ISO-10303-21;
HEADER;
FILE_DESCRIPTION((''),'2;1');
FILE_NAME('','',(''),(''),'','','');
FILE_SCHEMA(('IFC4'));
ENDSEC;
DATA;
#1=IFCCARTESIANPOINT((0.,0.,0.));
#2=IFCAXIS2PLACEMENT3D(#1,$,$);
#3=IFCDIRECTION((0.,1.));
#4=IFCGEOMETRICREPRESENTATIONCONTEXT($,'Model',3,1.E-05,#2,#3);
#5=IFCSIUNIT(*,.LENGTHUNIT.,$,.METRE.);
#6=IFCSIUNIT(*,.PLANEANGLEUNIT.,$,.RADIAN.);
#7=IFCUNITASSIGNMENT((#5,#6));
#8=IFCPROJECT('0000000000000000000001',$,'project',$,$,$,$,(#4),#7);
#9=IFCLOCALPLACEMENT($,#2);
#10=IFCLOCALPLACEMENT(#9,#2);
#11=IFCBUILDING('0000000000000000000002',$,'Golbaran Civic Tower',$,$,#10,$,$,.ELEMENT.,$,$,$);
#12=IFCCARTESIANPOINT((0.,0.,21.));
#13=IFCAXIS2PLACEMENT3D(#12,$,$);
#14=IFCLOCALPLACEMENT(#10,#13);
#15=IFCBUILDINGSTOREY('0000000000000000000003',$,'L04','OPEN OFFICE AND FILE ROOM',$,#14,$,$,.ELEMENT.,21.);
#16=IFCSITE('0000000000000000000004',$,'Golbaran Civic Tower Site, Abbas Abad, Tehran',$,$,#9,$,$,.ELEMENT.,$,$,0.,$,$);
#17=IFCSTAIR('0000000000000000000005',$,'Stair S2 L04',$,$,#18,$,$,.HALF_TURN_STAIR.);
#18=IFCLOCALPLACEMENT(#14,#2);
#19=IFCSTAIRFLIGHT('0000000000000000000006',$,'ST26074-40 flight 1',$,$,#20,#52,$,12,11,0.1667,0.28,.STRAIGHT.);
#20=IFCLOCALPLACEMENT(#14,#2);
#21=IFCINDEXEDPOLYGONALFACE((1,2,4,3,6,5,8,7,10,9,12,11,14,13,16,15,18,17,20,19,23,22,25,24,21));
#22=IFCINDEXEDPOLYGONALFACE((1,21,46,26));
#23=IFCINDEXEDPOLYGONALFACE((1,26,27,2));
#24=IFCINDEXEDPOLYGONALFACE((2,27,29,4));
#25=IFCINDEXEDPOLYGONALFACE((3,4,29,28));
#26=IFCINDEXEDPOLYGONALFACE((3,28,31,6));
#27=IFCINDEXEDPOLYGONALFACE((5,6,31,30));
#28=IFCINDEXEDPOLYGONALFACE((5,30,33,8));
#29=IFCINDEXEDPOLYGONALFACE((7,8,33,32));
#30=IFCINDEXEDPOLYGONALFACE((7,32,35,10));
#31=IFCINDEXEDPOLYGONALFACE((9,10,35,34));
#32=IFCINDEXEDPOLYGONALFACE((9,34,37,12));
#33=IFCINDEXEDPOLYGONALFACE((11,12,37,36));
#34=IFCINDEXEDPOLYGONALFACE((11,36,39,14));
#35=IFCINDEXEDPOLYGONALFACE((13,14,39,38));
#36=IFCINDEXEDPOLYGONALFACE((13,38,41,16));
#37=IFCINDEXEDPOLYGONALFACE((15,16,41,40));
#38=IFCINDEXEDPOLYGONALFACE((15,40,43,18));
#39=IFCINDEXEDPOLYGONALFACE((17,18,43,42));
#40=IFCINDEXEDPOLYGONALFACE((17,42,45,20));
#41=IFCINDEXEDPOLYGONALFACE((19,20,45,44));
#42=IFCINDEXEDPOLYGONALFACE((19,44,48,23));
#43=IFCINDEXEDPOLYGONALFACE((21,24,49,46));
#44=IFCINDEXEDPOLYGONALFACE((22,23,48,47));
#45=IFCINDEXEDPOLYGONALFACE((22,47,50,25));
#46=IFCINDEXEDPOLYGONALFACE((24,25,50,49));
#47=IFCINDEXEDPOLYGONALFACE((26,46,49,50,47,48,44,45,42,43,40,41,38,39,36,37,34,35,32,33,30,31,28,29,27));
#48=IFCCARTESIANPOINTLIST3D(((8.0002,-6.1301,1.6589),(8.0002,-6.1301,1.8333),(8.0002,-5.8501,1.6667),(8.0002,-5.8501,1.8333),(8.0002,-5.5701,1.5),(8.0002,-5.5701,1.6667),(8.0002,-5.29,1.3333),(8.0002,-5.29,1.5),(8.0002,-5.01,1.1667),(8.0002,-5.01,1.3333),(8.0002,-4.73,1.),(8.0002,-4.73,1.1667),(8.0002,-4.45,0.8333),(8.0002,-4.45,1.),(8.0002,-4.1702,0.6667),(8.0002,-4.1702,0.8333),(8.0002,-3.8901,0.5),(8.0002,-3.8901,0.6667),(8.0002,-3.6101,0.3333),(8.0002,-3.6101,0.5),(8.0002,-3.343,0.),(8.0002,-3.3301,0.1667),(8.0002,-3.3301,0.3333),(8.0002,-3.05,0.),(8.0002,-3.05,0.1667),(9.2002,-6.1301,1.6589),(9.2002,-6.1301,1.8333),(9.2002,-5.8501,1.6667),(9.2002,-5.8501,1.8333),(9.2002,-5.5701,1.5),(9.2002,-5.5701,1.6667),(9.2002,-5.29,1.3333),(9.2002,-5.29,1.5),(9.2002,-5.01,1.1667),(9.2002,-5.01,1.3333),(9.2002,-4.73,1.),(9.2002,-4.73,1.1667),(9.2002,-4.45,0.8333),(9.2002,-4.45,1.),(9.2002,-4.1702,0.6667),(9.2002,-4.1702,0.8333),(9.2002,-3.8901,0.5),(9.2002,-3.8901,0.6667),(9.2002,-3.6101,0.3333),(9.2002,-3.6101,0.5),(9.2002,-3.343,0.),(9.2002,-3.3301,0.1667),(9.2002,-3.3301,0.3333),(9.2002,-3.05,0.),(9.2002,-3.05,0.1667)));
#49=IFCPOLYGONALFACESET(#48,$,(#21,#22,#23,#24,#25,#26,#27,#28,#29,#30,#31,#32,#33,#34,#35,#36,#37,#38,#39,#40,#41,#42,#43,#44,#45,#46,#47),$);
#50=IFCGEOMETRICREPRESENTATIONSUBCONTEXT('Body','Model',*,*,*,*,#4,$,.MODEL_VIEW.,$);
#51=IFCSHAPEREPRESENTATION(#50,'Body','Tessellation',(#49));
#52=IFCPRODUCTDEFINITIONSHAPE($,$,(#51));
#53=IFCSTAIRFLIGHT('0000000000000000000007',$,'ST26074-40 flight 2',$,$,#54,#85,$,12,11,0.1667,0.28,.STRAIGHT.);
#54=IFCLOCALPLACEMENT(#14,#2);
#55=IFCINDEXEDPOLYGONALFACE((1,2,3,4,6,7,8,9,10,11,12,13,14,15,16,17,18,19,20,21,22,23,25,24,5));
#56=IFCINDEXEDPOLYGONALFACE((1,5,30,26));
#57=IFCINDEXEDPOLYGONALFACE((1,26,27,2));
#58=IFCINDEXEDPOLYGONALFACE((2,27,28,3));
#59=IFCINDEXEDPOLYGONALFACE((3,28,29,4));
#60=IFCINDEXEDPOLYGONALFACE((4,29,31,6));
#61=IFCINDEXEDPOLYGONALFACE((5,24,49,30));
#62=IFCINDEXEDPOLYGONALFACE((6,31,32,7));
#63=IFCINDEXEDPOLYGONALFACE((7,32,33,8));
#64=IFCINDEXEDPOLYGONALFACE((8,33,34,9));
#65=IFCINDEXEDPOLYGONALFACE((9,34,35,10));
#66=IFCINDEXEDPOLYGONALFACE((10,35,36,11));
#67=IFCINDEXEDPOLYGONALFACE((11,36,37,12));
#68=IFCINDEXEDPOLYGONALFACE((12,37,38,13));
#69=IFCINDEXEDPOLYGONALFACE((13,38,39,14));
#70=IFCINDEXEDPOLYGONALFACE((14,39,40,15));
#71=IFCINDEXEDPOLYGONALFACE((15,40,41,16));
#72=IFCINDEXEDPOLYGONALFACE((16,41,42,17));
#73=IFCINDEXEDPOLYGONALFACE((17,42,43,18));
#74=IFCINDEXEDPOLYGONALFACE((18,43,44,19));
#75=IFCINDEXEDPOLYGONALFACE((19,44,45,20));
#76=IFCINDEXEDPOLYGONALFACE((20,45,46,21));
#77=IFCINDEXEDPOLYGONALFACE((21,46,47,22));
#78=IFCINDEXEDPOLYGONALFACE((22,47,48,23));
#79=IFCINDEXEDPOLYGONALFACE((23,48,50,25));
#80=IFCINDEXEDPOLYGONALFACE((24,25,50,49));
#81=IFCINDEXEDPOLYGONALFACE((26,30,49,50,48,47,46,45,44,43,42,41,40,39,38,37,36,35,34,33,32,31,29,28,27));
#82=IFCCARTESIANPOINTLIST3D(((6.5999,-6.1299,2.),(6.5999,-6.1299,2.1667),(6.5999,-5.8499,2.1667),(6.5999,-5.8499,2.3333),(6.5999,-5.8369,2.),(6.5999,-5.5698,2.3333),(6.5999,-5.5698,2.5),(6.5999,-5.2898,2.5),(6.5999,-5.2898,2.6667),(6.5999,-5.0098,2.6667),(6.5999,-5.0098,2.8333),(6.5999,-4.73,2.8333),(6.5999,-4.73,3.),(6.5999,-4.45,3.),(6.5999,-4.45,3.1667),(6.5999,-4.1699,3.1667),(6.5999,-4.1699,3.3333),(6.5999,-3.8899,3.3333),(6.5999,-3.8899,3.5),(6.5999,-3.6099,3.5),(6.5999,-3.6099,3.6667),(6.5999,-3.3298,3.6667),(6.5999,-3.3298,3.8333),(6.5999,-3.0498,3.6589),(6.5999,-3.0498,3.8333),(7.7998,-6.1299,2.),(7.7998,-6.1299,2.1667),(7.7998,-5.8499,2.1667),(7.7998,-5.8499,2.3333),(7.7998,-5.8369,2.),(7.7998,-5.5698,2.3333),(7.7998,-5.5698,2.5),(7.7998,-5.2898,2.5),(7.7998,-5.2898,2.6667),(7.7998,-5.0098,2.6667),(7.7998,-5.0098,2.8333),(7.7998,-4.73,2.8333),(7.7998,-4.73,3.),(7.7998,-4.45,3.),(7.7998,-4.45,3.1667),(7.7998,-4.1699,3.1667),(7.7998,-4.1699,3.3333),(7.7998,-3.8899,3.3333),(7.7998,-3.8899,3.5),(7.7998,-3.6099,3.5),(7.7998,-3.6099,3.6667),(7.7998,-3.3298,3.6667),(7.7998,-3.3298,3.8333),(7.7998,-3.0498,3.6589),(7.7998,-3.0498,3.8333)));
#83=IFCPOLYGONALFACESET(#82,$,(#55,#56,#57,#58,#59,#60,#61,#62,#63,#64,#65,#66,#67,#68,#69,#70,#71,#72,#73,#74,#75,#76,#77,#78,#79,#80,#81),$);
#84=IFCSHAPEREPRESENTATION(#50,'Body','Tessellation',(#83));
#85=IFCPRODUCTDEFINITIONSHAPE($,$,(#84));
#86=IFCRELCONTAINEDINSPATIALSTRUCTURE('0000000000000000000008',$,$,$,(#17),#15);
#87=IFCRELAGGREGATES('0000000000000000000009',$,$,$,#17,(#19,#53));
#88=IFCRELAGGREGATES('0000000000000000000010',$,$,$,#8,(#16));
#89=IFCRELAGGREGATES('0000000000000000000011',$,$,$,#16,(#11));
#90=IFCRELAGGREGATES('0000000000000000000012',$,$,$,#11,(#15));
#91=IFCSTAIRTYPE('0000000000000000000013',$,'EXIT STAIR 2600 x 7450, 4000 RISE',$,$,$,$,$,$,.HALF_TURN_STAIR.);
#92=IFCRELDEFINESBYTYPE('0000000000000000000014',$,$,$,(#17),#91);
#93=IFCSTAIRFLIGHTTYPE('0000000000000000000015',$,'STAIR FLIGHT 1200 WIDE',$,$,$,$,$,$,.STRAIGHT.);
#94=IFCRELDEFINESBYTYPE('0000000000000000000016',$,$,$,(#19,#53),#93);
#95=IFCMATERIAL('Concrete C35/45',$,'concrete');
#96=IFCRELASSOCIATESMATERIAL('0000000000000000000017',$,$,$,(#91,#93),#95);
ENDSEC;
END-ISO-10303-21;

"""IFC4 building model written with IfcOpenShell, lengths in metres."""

from ifc_helpers import new_model, si_unit, direction, frame, origin, place, context, subcontext, project, spatial, polyline, outline, extrude, material, type_object, element, aggregate, save


model = new_model("IFC4")

# Units and contexts
model_context = context("Model", 3, precision=1e-05, world=origin(), true_north=direction((0.0, 1.0)))
body_context = subcontext(model_context, "Body", "Model", "MODEL_VIEW")
ifc_project = project(units=[si_unit("LENGTHUNIT", "METRE"), si_unit("PLANEANGLEUNIT", "RADIAN")], contexts=[model_context])

# Site, building, storey
site_placement = place(None, origin())
site = spatial("IfcSite", under=ifc_project, at=site_placement, Name="Golbaran Civic Tower Site, Abbas Abad, Tehran", CompositionType="ELEMENT", RefElevation=0.0)
building_placement = place(site_placement, origin())
building = spatial("IfcBuilding", under=site, at=building_placement, Name="Golbaran Civic Tower", CompositionType="ELEMENT")
storey_placement = place(building_placement, frame((0.0, 0.0, 21.0)))
storey = spatial("IfcBuildingStorey", under=building, at=storey_placement, Name="L04", Description="OPEN OFFICE AND FILE ROOM", CompositionType="ELEMENT", Elevation=21.0)

# Shared definitions
ifc_material_1 = material(Name="Concrete C35/45", Category="concrete")

# Shared definitions
stair_type = type_object("IfcStairType", Name="EXIT STAIR 2600 x 7450, 4000 RISE", PredefinedType="HALF_TURN_STAIR", material=ifc_material_1)

# Stair, stair flights
stair_1_placement = place(storey_placement, origin())
stair_1 = element("IfcStair", 1, at=stair_1_placement, inside=storey, type_object=stair_type, Name="Stair S2 L04", PredefinedType="HALF_TURN_STAIR")
stair_flight_type = type_object("IfcStairFlightType", Name="STAIR FLIGHT 1200 WIDE", PredefinedType="STRAIGHT", material=ifc_material_1)
stair_flight_1_placement = place(storey_placement, frame((8.6001, -3.05, 0.0), z_axis=(0.0, 0.0, 1.0), x_axis=(0.0, -1.0, 0.0)))
stair_flight_1 = element("IfcStairFlight", 2, at=stair_flight_1_placement, type_object=stair_flight_type, Name="ST26074-40 flight 1", NumberOfRisers=12, NumberOfTreads=11, PredefinedType="STRAIGHT", RiserHeight=0.1667, TreadLength=0.28, context=body_context, shape_type="SweptSolid", body=[
    extrude(outline(polyline([(0.0, 0.0), (0.0, 0.1667), (0.28, 0.1667), (0.28, 0.3333), (0.5601, 0.3333), (0.5601, 0.5), (0.8401, 0.5), (0.8401, 0.6667), (1.1201, 0.6667), (1.1201, 0.8333), (1.3999, 0.8333), (1.3999, 1.0), (1.6799, 1.0), (1.6799, 1.1667), (1.96, 1.1667), (1.96, 1.3333), (2.24, 1.3333), (2.24, 1.5), (2.52, 1.5), (2.52, 1.6667), (2.8, 1.6667), (2.8, 1.8333), (3.0801, 1.8333), (3.0801, 2.0), (3.0801, 1.6589), (0.293, 0.0), (0.0, 0.0)])), frame((0.0, 0.6001, 0.0), z_axis=(0.0, -1.0, 0.0), x_axis=(1.0, 0.0, 0.0)), (0.0, 0.0, 1.0), 1.2),
])
stair_flight_2_placement = place(storey_placement, frame((7.2, -6.1299, 2.0), z_axis=(0.0, 0.0, 1.0), x_axis=(0.0, 1.0, 0.0)))
stair_flight_2 = element("IfcStairFlight", 3, at=stair_flight_2_placement, type_object=stair_flight_type, Name="ST26074-40 flight 2", NumberOfRisers=12, NumberOfTreads=11, PredefinedType="STRAIGHT", RiserHeight=0.1667, TreadLength=0.28, context=body_context, shape_type="SweptSolid", body=[
    extrude(outline(polyline([(0.0, 0.0), (0.0, 0.1667), (0.28, 0.1667), (0.28, 0.3333), (0.5601, 0.3333), (0.5601, 0.5), (0.8401, 0.5), (0.8401, 0.6667), (1.1201, 0.6667), (1.1201, 0.8333), (1.3999, 0.8333), (1.3999, 1.0), (1.6799, 1.0), (1.6799, 1.1667), (1.96, 1.1667), (1.96, 1.3333), (2.24, 1.3333), (2.24, 1.5), (2.52, 1.5), (2.52, 1.6667), (2.8, 1.6667), (2.8, 1.8333), (3.0801, 1.8333), (3.0801, 2.0), (3.0801, 1.6589), (0.293, 0.0), (0.0, 0.0)])), frame((0.0, 0.6001, 0.0), z_axis=(0.0, -1.0, 0.0), x_axis=(1.0, 0.0, 0.0)), (0.0, 0.0, 1.0), 1.2),
])
aggregate(stair_1, [stair_flight_1, stair_flight_2])

save(model, "model.ifc")
